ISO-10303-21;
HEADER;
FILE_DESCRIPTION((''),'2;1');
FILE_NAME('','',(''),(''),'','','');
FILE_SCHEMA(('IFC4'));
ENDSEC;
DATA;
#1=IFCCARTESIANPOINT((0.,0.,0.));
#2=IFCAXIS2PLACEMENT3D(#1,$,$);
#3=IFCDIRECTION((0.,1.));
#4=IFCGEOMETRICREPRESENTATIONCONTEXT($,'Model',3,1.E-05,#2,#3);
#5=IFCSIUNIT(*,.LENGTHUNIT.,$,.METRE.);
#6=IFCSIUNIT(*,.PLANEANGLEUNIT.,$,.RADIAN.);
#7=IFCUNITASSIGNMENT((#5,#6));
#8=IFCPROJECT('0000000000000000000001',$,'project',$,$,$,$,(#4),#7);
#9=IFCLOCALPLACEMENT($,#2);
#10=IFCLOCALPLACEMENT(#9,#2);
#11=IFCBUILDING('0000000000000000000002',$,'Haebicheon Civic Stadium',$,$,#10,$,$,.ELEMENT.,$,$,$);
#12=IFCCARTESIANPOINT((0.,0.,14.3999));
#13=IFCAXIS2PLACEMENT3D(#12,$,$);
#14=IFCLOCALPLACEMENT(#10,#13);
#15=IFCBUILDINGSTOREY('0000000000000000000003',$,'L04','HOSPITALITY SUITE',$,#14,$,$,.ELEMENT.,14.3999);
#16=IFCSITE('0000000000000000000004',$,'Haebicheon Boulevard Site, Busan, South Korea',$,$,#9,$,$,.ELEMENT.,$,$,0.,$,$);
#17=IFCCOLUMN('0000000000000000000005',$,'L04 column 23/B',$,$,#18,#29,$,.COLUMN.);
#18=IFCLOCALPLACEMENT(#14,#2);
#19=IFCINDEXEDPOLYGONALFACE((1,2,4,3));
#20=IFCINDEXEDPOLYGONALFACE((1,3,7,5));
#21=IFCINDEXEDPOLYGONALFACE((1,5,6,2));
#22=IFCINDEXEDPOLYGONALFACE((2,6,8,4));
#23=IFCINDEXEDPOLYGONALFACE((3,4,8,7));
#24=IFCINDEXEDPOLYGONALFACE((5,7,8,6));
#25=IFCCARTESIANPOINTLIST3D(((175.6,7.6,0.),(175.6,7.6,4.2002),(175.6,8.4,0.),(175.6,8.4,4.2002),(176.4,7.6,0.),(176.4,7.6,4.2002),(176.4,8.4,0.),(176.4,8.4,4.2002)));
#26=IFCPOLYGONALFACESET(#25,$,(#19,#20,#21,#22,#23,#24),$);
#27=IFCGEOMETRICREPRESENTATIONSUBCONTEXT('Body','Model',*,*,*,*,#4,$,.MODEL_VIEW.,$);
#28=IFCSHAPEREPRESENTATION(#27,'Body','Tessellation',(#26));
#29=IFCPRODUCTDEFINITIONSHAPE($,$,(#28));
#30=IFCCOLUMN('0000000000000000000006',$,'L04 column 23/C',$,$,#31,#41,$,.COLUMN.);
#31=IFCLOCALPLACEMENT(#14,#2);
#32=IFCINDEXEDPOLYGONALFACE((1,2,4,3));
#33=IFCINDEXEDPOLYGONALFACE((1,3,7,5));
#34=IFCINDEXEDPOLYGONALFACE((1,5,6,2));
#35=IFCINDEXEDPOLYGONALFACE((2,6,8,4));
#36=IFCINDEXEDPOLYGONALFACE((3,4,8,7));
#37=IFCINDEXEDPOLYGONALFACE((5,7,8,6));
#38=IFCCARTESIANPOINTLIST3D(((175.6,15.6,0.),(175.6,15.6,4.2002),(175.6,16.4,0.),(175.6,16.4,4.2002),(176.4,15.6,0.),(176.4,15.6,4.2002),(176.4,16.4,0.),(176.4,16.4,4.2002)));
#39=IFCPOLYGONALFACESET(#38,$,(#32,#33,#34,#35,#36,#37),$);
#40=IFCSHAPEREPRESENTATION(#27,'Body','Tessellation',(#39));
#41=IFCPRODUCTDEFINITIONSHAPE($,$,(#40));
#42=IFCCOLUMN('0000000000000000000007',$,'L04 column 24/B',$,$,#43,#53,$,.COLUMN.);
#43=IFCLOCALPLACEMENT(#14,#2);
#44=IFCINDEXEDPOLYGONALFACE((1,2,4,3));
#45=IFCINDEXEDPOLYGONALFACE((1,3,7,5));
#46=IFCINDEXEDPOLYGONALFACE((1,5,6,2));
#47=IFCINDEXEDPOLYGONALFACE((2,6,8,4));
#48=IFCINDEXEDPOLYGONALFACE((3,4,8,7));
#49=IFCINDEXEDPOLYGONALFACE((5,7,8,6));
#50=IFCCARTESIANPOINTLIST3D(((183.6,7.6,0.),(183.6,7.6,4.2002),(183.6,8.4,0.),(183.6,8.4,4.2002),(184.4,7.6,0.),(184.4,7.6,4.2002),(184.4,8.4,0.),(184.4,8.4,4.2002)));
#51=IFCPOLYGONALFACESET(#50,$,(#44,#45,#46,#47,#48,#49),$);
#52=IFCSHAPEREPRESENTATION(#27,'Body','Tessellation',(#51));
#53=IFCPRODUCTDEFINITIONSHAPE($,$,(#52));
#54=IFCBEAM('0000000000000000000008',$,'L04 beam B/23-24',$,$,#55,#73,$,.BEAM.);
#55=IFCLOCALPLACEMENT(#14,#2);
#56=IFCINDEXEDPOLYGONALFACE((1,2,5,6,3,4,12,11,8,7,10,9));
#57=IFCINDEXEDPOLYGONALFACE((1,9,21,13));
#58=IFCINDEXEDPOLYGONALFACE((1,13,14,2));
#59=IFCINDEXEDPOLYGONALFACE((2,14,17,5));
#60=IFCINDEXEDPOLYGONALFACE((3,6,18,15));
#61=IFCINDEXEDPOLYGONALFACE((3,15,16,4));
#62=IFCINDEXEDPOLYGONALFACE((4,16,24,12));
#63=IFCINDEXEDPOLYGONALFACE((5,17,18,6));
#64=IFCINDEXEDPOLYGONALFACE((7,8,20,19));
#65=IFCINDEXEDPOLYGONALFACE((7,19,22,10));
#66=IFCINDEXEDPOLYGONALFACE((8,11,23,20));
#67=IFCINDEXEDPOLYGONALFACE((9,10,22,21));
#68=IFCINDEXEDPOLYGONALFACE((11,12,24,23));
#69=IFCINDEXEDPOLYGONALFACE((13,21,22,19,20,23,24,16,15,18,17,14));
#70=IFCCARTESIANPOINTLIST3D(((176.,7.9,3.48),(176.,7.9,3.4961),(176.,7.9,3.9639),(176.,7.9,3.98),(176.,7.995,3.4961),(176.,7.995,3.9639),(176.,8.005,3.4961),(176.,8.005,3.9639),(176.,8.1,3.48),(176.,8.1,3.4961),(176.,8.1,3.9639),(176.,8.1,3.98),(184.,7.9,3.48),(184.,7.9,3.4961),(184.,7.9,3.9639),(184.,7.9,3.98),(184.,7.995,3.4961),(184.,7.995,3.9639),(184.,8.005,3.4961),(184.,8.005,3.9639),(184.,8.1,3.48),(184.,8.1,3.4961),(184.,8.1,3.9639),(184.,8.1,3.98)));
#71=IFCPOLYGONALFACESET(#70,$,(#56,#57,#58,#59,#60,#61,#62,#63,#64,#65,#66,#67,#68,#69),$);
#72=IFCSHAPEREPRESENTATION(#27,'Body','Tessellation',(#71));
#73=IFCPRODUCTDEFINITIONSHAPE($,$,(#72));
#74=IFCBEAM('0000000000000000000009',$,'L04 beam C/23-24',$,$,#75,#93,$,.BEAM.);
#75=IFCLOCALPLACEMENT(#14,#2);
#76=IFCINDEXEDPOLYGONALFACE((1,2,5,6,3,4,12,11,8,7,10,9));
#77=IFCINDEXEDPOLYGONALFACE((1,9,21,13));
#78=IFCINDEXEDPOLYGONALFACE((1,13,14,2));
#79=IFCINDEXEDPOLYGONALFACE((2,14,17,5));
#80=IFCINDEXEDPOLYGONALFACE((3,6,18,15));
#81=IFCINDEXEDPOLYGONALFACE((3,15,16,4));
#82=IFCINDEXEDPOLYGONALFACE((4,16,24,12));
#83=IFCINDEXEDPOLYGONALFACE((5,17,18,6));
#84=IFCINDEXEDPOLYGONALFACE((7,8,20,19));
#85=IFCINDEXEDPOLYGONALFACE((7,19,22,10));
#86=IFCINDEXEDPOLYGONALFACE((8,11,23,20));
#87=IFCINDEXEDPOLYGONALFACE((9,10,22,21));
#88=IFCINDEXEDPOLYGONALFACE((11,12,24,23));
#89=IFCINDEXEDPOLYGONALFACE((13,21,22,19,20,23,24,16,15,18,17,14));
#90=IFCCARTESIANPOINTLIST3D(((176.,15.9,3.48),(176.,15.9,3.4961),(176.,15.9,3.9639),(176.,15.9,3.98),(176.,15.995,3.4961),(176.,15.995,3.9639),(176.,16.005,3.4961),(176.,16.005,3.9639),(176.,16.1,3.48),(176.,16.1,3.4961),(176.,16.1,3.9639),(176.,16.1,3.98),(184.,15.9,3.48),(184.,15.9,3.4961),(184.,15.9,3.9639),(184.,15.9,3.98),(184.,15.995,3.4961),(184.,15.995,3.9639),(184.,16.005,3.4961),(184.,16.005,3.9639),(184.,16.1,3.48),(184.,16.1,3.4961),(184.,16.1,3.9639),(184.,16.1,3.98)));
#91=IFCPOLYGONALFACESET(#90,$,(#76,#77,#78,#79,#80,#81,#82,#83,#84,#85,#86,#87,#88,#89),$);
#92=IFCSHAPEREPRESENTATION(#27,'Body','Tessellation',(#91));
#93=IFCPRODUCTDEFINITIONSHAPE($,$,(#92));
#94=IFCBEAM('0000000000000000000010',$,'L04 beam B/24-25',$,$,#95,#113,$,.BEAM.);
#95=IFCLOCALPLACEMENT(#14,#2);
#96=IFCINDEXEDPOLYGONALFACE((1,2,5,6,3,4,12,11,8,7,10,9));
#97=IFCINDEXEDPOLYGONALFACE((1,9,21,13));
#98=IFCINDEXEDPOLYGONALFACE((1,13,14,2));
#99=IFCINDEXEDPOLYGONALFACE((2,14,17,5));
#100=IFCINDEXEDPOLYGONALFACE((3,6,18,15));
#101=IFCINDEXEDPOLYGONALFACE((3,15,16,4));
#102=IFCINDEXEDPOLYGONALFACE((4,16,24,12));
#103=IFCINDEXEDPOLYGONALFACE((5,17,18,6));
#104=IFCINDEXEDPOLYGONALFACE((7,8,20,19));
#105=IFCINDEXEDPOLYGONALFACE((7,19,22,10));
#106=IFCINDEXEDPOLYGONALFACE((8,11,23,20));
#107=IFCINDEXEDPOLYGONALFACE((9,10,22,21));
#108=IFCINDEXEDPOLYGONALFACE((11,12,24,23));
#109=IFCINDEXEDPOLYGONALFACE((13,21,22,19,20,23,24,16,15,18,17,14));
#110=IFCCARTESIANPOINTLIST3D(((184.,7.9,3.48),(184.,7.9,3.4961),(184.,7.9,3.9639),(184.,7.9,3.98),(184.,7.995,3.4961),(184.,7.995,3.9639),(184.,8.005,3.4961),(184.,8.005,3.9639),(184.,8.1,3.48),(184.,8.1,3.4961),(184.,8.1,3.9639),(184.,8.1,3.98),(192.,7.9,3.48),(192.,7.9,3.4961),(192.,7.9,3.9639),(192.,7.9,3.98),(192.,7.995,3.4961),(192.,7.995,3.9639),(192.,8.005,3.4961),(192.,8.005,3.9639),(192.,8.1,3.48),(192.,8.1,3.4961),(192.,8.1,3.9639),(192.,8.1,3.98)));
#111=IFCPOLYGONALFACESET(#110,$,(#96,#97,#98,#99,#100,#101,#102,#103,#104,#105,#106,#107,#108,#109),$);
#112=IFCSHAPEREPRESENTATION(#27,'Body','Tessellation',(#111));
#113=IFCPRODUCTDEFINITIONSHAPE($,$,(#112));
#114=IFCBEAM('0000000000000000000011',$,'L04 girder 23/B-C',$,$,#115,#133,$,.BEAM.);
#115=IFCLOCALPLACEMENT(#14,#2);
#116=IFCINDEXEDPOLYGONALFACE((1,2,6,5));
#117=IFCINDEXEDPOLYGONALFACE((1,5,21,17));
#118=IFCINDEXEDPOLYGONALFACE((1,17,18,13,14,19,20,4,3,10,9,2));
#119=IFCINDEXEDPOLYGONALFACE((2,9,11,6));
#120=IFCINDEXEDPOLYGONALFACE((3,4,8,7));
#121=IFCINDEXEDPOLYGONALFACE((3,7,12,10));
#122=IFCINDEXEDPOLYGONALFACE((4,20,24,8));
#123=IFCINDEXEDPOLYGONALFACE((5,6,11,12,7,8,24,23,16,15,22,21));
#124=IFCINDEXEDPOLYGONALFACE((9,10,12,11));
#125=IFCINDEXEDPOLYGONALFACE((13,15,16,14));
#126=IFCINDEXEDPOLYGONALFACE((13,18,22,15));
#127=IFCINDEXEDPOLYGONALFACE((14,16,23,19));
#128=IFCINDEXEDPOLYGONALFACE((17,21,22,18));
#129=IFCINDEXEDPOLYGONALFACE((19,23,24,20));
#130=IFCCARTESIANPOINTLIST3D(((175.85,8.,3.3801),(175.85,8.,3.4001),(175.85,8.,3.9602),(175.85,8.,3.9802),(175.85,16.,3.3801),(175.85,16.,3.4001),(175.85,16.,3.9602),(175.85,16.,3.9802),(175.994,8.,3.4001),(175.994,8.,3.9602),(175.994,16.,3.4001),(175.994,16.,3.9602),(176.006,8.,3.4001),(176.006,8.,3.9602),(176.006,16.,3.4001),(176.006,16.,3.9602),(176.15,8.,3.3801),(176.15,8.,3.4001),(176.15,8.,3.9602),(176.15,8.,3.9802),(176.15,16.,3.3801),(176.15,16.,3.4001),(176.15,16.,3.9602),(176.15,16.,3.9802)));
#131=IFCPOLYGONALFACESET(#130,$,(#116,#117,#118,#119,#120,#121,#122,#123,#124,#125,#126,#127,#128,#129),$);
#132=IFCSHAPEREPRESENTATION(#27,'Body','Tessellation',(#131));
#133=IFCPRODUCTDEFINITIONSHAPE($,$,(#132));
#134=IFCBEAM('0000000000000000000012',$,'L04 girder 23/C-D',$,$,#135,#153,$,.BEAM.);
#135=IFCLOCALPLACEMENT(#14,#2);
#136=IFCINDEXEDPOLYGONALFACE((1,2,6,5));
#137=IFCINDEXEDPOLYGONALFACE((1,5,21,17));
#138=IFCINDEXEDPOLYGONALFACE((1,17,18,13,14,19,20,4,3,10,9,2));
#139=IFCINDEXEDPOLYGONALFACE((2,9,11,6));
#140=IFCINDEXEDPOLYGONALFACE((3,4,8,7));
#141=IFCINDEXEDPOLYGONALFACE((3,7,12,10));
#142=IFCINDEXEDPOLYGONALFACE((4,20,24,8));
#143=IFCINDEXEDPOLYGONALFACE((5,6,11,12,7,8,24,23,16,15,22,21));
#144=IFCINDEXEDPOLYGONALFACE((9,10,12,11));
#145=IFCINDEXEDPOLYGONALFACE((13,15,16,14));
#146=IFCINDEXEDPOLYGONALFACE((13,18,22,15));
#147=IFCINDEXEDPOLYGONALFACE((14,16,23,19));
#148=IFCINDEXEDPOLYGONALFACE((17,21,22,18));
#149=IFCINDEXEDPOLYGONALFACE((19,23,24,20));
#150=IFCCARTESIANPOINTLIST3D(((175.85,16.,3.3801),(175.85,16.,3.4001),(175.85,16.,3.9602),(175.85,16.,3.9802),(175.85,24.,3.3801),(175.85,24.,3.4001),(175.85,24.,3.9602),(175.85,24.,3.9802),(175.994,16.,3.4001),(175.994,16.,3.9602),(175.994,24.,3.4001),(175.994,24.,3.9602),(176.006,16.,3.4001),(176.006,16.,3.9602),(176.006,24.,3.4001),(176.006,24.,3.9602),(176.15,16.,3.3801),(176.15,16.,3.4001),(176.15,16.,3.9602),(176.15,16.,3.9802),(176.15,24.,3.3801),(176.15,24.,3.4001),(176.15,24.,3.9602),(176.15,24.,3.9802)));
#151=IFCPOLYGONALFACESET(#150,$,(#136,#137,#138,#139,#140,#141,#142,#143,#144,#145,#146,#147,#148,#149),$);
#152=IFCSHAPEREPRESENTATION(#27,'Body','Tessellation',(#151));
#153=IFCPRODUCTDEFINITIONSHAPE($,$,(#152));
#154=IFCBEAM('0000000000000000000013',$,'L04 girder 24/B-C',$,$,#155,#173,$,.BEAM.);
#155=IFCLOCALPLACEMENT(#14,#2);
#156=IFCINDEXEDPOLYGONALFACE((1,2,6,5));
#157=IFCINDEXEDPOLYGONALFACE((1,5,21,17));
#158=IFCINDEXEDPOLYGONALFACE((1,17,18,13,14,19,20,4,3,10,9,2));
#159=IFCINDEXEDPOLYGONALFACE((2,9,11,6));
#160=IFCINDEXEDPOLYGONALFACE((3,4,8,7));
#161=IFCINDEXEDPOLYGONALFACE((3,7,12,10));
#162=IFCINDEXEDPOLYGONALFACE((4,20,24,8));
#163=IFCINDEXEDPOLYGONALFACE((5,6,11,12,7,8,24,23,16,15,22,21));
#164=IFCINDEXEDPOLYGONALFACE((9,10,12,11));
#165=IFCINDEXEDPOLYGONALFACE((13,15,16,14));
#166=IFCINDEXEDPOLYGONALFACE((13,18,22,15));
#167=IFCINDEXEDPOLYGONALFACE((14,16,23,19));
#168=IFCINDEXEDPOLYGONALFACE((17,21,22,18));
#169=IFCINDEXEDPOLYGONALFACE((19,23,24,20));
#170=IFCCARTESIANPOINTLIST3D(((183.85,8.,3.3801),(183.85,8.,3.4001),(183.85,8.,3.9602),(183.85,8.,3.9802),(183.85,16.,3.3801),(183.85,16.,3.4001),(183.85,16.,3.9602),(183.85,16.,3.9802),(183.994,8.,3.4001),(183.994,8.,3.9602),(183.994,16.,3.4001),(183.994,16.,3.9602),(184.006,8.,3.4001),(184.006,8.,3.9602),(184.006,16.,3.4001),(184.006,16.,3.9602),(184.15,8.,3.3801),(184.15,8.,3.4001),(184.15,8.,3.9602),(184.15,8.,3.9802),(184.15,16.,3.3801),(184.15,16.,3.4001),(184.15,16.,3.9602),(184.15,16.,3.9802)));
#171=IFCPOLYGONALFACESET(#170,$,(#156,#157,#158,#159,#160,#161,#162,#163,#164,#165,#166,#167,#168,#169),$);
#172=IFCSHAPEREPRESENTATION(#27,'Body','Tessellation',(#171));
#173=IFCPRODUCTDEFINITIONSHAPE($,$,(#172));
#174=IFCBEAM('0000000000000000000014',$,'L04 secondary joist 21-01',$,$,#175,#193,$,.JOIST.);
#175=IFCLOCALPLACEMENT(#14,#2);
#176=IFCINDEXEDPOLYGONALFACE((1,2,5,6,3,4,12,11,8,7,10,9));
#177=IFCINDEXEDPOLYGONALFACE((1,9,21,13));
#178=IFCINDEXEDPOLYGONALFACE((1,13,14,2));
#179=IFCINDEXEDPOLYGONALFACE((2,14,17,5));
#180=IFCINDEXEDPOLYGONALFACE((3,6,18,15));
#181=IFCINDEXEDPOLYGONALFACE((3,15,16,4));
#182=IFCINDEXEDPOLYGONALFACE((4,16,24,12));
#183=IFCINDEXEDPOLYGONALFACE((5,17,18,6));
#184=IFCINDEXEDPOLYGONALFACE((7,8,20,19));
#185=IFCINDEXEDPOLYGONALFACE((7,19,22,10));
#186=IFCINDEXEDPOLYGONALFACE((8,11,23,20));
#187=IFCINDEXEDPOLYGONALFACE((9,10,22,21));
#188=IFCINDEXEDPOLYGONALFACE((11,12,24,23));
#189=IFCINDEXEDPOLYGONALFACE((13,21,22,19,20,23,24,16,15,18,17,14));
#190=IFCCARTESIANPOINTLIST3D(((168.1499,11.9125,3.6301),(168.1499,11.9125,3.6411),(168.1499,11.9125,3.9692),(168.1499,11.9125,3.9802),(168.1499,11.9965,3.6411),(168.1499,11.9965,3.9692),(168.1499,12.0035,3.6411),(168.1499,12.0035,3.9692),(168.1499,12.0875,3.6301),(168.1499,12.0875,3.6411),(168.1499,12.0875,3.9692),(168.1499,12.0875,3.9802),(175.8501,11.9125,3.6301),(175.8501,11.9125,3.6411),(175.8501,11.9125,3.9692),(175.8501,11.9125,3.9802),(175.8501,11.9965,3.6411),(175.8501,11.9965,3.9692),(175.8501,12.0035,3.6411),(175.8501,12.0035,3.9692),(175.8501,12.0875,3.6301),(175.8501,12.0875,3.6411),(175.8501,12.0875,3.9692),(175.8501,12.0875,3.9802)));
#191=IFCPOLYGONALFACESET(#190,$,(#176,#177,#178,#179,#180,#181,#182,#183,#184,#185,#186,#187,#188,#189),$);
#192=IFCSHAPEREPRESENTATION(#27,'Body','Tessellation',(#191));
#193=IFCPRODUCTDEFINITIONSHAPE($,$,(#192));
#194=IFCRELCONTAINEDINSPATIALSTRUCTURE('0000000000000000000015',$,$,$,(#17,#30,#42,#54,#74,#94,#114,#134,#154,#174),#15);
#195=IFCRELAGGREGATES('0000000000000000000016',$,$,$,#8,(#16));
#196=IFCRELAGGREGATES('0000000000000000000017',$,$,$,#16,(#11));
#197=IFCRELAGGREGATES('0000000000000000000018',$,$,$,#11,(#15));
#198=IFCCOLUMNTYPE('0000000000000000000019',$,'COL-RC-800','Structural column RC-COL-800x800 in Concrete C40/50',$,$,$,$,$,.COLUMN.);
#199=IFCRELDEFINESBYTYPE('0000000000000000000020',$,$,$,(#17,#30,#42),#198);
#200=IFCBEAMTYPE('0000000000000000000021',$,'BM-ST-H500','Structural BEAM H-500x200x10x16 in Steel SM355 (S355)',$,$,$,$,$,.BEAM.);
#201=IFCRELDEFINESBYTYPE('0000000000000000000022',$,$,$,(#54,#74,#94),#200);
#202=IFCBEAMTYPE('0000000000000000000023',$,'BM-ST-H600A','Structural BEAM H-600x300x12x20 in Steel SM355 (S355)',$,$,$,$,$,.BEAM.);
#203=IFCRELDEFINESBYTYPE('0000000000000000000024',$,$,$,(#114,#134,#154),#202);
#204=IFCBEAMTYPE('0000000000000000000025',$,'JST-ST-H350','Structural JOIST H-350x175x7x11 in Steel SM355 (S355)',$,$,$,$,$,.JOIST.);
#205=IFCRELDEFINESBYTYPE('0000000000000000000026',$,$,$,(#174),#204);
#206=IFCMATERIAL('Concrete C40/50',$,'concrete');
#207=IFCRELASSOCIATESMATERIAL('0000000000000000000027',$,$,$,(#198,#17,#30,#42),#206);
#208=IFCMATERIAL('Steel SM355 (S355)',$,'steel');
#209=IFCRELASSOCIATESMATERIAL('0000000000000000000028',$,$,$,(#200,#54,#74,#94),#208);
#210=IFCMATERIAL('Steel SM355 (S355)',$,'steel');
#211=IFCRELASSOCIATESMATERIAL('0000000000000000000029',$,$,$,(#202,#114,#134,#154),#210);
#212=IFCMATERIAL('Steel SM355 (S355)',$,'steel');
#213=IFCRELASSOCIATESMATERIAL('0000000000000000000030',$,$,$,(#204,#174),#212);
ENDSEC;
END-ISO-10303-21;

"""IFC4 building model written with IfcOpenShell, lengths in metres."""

from ifc_helpers import new_model, si_unit, direction, frame, origin, origin_2d, place, context, subcontext, project, spatial, rectangle, i_section, extrude, material, material_profile, profile_set, type_object, element, save


model = new_model("IFC4")

# Units and contexts
model_context = context("Model", 3, precision=1e-05, world=origin(), true_north=direction((0.0, 1.0)))
body_context = subcontext(model_context, "Body", "Model", "MODEL_VIEW")
ifc_project = project(units=[si_unit("LENGTHUNIT", "METRE"), si_unit("PLANEANGLEUNIT", "RADIAN")], contexts=[model_context])

# Site, building, storey
site_placement = place(None, origin())
site = spatial("IfcSite", under=ifc_project, at=site_placement, Name="Haebicheon Boulevard Site, Busan, South Korea", CompositionType="ELEMENT", RefElevation=0.0)
building_placement = place(site_placement, origin())
building = spatial("IfcBuilding", under=site, at=building_placement, Name="Haebicheon Civic Stadium", CompositionType="ELEMENT")
storey_placement = place(building_placement, frame((0.0, 0.0, 14.3999)))
storey = spatial("IfcBuildingStorey", under=building, at=storey_placement, Name="L04", Description="HOSPITALITY SUITE", CompositionType="ELEMENT", Elevation=14.3999)

# Columns
ifc_material_1 = material(Name="Concrete C40/50", Category="concrete")
ifc_material_profile_1 = material_profile(ifc_material_1, rectangle(XDim=0.8, YDim=0.8, at=origin_2d()), Name="RC-COL-800x800")
ifc_profile_set_1 = profile_set([ifc_material_profile_1], Name="Concrete C40/50")
column_type = type_object("IfcColumnType", Name="COL-RC-800", Description="Structural column RC-COL-800x800 in Concrete C40/50", PredefinedType="COLUMN", material=ifc_profile_set_1)
for number, where, z_axis, x_axis, name in (
    (1, (176.0, 8.0, 0.0), (0.0, 0.0, 1.0), (1.0, 0.0, 0.0), "L04 column 23/B"),
    (2, (176.0, 16.0, 0.0), (0.0, 0.0, 1.0), (1.0, 0.0, 0.0), "L04 column 23/C"),
    (3, (184.0, 8.0, 0.0), (0.0, 0.0, 1.0), (1.0, 0.0, 0.0), "L04 column 24/B"),
):
    element("IfcColumn", number, at=place(storey_placement, frame(where, z_axis=z_axis, x_axis=x_axis)), inside=storey, type_object=column_type, material=ifc_profile_set_1, Name=name, PredefinedType="COLUMN", context=body_context, shape_type="SweptSolid", body=[
        extrude(rectangle(XDim=0.8, YDim=0.8, at=origin_2d()), origin(), (0.0, 0.0, 1.0), 4.2002),
    ])

# Beams
ifc_material_2 = material(Name="Steel SM355 (S355)", Category="steel")
ifc_material_profile_2 = material_profile(ifc_material_2, i_section(OverallWidth=0.2, OverallDepth=0.5, WebThickness=0.01, FlangeThickness=0.0161, at=origin_2d()), Name="H-500x200x10x16")
ifc_profile_set_2 = profile_set([ifc_material_profile_2], Name="Steel SM355 (S355)")
beam_type_1 = type_object("IfcBeamType", Name="BM-ST-H500", Description="Structural BEAM H-500x200x10x16 in Steel SM355 (S355)", PredefinedType="BEAM", material=ifc_profile_set_2)
for number, where, z_axis, x_axis, name in (
    (4, (176.0, 8.0, 3.73), (1.0, 0.0, 0.0), (0.0, 1.0, 0.0), "L04 beam B/23-24"),
    (5, (176.0, 16.0, 3.73), (1.0, 0.0, 0.0), (0.0, 1.0, 0.0), "L04 beam C/23-24"),
    (6, (184.0, 8.0, 3.73), (1.0, 0.0, 0.0), (0.0, 1.0, 0.0), "L04 beam B/24-25"),
):
    element("IfcBeam", number, at=place(storey_placement, frame(where, z_axis=z_axis, x_axis=x_axis)), inside=storey, type_object=beam_type_1, material=ifc_profile_set_2, Name=name, PredefinedType="BEAM", context=body_context, shape_type="SweptSolid", body=[
        extrude(i_section(OverallWidth=0.2, OverallDepth=0.5, WebThickness=0.01, FlangeThickness=0.0161, at=origin_2d()), origin(), (0.0, 0.0, 1.0), 8.0),
    ])
ifc_material_3 = material(Name="Steel SM355 (S355)", Category="steel")
ifc_material_profile_3 = material_profile(ifc_material_3, i_section(OverallWidth=0.3, OverallDepth=0.6001, WebThickness=0.012, FlangeThickness=0.02, at=origin_2d()), Name="H-600x300x12x20")
ifc_profile_set_3 = profile_set([ifc_material_profile_3], Name="Steel SM355 (S355)")
beam_type_2 = type_object("IfcBeamType", Name="BM-ST-H600A", Description="Structural BEAM H-600x300x12x20 in Steel SM355 (S355)", PredefinedType="BEAM", material=ifc_profile_set_3)
for number, where, z_axis, x_axis, name in (
    (7, (176.0, 8.0, 3.6802), (0.0, 1.0, 0.0), (-1.0, 0.0, 0.0), "L04 girder 23/B-C"),
    (8, (176.0, 16.0, 3.6802), (0.0, 1.0, 0.0), (-1.0, 0.0, 0.0), "L04 girder 23/C-D"),
    (9, (184.0, 8.0, 3.6802), (0.0, 1.0, 0.0), (-1.0, 0.0, 0.0), "L04 girder 24/B-C"),
):
    element("IfcBeam", number, at=place(storey_placement, frame(where, z_axis=z_axis, x_axis=x_axis)), inside=storey, type_object=beam_type_2, material=ifc_profile_set_3, Name=name, PredefinedType="BEAM", context=body_context, shape_type="SweptSolid", body=[
        extrude(i_section(OverallWidth=0.3, OverallDepth=0.6001, WebThickness=0.012, FlangeThickness=0.02, at=origin_2d()), origin(), (0.0, 0.0, 1.0), 8.0),
    ])
ifc_material_4 = material(Name="Steel SM355 (S355)", Category="steel")
ifc_material_profile_4 = material_profile(ifc_material_4, i_section(OverallWidth=0.175, OverallDepth=0.3501, WebThickness=0.0071, FlangeThickness=0.011, at=origin_2d()), Name="H-350x175x7x11")
ifc_profile_set_4 = profile_set([ifc_material_profile_4], Name="Steel SM355 (S355)")
beam_type_3 = type_object("IfcBeamType", Name="JST-ST-H350", Description="Structural JOIST H-350x175x7x11 in Steel SM355 (S355)", PredefinedType="JOIST", material=ifc_profile_set_4)
for number, where, z_axis, x_axis, name in (
    (10, (168.1499, 12.0, 3.8052), (1.0, 0.0, 0.0), (0.0, 1.0, 0.0), "L04 secondary joist 21-01"),
):
    element("IfcBeam", number, at=place(storey_placement, frame(where, z_axis=z_axis, x_axis=x_axis)), inside=storey, type_object=beam_type_3, material=ifc_profile_set_4, Name=name, PredefinedType="JOIST", context=body_context, shape_type="SweptSolid", body=[
        extrude(i_section(OverallWidth=0.175, OverallDepth=0.3501, WebThickness=0.0071, FlangeThickness=0.011, at=origin_2d()), origin(), (0.0, 0.0, 1.0), 7.7002),
    ])

save(model, "model.ifc")
